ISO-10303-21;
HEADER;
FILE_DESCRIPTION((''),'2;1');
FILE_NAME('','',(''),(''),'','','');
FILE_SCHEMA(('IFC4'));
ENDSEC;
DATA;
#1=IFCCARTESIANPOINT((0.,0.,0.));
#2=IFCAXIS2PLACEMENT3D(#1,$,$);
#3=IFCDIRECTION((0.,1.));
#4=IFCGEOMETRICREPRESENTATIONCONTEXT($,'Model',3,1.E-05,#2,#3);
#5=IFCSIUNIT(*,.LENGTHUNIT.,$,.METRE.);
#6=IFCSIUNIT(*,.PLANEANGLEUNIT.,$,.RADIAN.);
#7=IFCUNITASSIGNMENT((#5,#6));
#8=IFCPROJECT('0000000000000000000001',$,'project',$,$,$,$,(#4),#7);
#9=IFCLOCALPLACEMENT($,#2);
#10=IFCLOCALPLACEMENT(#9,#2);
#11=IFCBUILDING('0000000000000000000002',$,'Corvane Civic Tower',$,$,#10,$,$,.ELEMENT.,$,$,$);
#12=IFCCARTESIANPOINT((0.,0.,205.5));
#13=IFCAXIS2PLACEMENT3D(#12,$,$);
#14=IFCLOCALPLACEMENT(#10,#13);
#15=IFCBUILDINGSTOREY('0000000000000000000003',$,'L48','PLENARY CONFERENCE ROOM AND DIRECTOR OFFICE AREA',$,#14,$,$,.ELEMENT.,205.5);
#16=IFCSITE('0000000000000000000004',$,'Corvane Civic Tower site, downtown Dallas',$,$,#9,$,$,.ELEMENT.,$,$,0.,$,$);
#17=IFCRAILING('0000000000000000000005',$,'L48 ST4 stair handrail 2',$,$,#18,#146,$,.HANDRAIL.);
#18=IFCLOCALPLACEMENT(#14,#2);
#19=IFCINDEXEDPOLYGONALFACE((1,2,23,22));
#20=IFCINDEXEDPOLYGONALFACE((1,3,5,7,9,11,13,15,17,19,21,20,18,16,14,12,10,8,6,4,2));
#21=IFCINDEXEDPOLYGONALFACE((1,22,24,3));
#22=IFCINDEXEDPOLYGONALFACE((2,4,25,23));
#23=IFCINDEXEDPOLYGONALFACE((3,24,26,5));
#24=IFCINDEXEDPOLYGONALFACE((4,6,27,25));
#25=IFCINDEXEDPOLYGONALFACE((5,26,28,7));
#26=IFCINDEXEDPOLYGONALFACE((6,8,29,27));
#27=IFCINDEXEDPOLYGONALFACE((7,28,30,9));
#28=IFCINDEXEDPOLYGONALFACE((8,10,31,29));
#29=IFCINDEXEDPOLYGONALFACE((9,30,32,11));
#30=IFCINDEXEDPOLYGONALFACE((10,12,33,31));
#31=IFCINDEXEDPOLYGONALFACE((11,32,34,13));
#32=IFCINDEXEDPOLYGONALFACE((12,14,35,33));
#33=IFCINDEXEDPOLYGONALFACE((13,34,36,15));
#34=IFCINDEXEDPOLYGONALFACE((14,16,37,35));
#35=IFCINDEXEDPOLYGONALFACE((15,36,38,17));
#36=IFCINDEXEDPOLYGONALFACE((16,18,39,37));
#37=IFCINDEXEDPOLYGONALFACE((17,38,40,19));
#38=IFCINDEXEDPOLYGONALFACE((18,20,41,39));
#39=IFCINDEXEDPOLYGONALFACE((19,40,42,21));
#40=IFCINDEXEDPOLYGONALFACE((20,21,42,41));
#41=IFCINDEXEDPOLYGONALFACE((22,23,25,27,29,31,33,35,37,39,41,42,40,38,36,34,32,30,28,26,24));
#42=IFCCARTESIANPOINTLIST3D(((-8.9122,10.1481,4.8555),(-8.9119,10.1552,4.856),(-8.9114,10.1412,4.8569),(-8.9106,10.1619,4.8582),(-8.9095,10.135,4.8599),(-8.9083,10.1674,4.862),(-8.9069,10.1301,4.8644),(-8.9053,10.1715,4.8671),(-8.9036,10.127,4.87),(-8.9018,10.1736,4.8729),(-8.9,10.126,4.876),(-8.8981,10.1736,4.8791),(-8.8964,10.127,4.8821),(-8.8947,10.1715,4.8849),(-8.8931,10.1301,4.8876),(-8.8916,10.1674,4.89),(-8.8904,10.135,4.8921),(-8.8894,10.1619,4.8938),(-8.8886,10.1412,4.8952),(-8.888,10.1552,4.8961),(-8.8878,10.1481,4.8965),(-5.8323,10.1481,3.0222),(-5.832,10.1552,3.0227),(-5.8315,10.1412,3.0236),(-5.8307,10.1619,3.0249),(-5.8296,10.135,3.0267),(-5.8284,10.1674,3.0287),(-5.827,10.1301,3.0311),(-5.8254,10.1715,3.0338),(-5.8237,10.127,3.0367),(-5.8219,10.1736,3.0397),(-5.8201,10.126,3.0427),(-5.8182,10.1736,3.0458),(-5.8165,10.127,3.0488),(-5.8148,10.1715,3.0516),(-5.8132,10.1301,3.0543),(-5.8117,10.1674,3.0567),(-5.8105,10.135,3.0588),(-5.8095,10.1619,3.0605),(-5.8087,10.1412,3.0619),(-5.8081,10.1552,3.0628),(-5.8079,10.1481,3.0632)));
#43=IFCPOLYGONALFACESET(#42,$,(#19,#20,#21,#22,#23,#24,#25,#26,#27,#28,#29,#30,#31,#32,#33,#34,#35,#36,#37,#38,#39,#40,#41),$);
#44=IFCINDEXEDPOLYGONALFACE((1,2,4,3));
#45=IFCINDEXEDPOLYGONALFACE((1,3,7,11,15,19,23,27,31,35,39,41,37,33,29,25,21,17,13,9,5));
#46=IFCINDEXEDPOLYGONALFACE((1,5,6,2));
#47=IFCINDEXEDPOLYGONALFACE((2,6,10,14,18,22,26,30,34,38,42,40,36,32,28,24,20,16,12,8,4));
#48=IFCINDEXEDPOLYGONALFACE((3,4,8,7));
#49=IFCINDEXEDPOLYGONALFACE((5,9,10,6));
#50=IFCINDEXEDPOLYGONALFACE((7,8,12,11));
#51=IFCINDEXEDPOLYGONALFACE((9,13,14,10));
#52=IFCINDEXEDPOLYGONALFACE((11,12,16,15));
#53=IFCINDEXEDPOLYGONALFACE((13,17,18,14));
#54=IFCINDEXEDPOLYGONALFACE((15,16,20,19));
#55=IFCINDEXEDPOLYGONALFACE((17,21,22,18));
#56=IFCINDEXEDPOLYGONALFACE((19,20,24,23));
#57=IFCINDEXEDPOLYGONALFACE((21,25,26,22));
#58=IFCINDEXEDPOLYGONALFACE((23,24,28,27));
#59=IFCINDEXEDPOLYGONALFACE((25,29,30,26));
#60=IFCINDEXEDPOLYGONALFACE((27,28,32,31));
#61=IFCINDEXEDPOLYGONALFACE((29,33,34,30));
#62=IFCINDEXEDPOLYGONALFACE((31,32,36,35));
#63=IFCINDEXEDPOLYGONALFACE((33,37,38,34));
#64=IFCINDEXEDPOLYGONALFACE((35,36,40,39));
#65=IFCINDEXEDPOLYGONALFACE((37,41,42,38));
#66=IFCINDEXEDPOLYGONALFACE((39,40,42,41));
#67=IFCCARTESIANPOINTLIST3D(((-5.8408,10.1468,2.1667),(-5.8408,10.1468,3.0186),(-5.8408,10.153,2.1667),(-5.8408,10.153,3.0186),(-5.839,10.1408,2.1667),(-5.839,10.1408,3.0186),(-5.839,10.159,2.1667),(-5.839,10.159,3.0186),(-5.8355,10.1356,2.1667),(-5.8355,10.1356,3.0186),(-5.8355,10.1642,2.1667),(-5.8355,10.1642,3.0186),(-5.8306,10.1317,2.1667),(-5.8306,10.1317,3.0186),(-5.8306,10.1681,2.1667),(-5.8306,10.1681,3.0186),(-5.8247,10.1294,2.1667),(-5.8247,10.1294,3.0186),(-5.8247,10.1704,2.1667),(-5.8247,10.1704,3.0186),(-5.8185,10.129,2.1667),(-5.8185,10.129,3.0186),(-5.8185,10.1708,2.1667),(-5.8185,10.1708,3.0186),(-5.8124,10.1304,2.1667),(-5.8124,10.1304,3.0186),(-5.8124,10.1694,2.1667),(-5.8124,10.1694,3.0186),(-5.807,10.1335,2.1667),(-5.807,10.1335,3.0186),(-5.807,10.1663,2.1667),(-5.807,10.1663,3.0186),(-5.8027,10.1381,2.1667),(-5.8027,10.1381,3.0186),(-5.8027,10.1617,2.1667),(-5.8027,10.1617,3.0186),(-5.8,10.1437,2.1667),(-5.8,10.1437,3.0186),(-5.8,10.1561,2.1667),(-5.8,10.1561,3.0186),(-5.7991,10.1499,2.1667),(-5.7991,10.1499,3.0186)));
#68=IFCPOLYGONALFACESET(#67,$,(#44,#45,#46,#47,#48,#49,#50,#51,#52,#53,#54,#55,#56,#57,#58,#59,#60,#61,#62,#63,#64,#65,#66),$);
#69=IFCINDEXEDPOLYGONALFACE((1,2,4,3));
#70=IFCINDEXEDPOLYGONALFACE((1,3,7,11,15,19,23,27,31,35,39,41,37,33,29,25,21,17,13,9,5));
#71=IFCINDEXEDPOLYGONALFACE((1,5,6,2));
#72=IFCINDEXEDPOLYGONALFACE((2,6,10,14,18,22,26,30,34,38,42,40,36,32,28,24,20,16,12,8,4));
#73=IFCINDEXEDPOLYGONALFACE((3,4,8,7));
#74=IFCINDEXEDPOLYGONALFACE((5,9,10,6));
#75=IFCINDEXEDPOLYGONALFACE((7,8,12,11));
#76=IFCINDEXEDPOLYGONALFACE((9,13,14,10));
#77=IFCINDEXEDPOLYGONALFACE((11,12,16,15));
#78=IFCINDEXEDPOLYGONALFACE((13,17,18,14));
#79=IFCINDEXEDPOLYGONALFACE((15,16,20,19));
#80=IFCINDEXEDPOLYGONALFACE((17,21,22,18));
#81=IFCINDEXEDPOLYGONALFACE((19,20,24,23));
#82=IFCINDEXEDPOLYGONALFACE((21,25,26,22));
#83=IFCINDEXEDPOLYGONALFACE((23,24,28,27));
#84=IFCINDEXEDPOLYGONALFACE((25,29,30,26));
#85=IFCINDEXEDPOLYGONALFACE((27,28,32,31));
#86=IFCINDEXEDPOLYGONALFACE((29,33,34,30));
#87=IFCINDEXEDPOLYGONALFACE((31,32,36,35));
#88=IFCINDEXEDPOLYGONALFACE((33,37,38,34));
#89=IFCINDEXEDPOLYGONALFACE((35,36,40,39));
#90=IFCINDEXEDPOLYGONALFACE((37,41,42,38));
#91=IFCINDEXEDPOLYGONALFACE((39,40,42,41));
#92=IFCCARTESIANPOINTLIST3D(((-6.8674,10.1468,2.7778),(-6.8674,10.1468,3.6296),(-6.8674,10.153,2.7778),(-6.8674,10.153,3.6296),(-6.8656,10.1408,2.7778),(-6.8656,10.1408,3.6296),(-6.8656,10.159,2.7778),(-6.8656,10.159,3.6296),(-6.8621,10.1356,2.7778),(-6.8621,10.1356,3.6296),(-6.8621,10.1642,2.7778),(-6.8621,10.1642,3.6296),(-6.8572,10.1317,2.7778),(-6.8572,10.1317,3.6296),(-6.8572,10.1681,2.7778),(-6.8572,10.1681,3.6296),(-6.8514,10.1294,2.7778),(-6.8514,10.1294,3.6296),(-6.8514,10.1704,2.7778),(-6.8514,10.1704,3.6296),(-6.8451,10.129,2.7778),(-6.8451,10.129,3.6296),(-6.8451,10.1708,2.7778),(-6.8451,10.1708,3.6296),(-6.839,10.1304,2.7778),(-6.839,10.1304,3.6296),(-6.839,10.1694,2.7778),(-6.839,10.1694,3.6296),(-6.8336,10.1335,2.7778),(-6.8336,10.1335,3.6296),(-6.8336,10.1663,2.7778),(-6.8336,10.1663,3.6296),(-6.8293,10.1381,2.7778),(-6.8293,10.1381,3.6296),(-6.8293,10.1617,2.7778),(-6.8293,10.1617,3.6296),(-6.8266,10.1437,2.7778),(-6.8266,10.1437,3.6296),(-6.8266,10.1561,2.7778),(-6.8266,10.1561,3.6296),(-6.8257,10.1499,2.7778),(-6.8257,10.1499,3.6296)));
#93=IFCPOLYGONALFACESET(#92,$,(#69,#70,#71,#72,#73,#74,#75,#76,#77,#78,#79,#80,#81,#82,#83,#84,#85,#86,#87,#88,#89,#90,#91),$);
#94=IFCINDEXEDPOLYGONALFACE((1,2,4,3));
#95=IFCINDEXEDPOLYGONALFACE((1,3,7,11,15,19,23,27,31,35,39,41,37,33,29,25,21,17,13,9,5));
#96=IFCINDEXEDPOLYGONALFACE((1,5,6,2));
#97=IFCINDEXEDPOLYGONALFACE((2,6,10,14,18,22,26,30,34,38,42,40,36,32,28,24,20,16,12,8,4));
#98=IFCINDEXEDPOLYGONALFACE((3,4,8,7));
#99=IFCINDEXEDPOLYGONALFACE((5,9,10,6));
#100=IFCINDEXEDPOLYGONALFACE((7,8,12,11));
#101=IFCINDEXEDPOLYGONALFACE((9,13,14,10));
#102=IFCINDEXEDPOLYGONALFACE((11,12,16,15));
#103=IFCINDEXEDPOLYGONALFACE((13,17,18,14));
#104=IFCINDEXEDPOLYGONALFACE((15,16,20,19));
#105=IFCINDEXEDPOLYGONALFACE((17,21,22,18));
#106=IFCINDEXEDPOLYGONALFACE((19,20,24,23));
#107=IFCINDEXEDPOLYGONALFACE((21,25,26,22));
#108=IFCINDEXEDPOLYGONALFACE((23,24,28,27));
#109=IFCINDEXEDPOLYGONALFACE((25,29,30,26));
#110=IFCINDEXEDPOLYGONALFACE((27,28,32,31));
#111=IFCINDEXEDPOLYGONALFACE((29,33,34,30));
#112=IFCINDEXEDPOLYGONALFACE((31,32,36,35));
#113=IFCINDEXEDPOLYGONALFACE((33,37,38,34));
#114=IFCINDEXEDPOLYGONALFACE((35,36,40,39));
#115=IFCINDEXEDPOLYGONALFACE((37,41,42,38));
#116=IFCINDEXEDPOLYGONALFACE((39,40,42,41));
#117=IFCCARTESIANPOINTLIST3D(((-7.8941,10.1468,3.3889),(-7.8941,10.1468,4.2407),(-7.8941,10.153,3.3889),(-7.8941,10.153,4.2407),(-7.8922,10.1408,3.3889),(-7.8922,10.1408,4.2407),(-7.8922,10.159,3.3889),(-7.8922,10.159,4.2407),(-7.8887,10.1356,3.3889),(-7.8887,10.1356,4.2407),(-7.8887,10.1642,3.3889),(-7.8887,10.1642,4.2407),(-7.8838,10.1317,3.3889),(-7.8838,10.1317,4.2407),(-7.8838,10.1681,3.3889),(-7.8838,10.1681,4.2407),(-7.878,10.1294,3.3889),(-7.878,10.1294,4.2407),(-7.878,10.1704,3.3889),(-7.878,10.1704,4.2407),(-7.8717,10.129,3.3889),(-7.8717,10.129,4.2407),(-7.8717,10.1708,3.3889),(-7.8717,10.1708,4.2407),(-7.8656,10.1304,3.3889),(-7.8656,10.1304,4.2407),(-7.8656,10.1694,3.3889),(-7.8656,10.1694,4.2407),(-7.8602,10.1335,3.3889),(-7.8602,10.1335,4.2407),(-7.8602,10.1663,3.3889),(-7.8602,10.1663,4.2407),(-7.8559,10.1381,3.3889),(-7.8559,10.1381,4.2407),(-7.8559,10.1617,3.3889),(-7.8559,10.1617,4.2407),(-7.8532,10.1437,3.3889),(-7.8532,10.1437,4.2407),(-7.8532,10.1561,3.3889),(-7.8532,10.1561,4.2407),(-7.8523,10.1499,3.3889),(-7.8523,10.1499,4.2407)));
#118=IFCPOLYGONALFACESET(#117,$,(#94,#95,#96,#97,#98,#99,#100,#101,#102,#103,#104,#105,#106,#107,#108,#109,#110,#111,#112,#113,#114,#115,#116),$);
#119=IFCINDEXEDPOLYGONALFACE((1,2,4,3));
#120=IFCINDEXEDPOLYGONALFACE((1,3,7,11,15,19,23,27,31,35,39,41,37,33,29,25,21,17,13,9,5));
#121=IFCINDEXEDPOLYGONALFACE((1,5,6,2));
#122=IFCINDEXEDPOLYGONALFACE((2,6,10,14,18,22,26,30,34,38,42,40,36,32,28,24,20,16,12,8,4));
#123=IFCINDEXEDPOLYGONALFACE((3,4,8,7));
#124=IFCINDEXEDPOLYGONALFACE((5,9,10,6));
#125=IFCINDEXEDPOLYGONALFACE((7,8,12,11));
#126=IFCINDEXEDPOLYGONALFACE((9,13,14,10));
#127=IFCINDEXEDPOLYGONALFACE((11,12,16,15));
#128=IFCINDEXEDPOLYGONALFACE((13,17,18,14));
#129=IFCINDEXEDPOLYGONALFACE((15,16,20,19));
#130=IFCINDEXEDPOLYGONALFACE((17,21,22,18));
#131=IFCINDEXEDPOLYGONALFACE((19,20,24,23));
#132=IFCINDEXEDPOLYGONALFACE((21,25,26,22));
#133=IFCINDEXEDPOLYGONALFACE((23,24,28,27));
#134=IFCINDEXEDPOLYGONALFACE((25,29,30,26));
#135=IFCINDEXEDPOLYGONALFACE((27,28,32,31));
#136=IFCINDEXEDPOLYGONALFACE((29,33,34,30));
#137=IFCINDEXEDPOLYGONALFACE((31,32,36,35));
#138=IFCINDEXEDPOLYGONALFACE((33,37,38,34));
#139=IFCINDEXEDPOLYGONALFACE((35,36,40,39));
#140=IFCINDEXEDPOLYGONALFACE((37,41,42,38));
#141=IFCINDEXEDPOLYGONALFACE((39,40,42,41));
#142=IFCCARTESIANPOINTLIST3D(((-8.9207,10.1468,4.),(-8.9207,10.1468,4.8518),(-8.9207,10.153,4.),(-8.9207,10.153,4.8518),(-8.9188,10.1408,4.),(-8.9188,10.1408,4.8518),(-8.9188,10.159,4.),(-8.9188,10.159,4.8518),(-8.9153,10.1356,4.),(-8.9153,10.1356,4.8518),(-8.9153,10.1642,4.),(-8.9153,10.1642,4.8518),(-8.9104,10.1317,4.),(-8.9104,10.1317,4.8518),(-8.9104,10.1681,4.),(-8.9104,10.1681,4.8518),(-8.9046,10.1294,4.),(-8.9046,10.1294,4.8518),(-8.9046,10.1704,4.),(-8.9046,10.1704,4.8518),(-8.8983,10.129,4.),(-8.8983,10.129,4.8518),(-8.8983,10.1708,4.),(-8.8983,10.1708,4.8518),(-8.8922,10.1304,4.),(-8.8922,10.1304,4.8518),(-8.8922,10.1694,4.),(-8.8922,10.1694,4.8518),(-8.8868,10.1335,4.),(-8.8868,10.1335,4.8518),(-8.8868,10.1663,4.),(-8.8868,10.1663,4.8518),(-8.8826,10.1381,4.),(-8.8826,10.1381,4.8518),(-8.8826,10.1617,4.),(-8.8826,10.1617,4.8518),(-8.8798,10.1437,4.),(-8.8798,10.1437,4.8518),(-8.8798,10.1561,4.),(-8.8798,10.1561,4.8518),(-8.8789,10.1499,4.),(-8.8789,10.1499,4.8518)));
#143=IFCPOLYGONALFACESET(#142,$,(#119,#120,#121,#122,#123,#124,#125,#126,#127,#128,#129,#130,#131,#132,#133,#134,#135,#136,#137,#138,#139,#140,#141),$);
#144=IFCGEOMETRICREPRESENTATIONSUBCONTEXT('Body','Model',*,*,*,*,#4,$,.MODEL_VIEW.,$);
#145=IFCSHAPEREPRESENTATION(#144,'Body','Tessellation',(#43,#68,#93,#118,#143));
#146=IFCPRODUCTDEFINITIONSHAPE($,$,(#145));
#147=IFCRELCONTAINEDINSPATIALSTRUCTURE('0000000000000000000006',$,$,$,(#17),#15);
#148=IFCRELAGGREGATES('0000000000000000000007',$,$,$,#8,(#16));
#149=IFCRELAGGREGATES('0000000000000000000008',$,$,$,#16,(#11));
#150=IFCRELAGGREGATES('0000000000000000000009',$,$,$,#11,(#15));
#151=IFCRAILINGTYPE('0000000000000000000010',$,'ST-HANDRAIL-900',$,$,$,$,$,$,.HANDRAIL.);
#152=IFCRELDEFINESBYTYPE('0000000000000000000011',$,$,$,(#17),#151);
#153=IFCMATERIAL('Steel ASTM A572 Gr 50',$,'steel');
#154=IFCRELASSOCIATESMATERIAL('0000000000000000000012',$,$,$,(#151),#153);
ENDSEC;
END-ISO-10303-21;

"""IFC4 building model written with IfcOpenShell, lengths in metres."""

from ifc_helpers import new_model, si_unit, direction, frame, origin, origin_2d, place, context, subcontext, project, spatial, circle, extrude, material, type_object, element, save


model = new_model("IFC4")

# Units and contexts
model_context = context("Model", 3, precision=1e-05, world=origin(), true_north=direction((0.0, 1.0)))
body_context = subcontext(model_context, "Body", "Model", "MODEL_VIEW")
ifc_project = project(units=[si_unit("LENGTHUNIT", "METRE"), si_unit("PLANEANGLEUNIT", "RADIAN")], contexts=[model_context])

# Site, building, storey
site_placement = place(None, origin())
site = spatial("IfcSite", under=ifc_project, at=site_placement, Name="Corvane Civic Tower site, downtown Dallas", CompositionType="ELEMENT", RefElevation=0.0)
building_placement = place(site_placement, origin())
building = spatial("IfcBuilding", under=site, at=building_placement, Name="Corvane Civic Tower", CompositionType="ELEMENT")
storey_placement = place(building_placement, frame((0.0, 0.0, 205.5)))
storey = spatial("IfcBuildingStorey", under=building, at=storey_placement, Name="L48", Description="PLENARY CONFERENCE ROOM AND DIRECTOR OFFICE AREA", CompositionType="ELEMENT", Elevation=205.5)

# Railing
ifc_material_1 = material(Name="Steel ASTM A572 Gr 50", Category="steel")
railing_type_1 = type_object("IfcRailingType", Name="ST-HANDRAIL-900", PredefinedType="HANDRAIL", material=ifc_material_1)
railing_1_placement = place(storey_placement, frame((-5.8201, 10.1499, 2.1667)))
element("IfcRailing", 1, at=railing_1_placement, inside=storey, type_object=railing_type_1, Name="L48 ST4 stair handrail 2", PredefinedType="HANDRAIL", context=body_context, shape_type="SweptSolid", body=[
    extrude(circle(Radius=0.0239, at=origin_2d()), frame((0.0, 0.0, 0.876), z_axis=(-0.859291, 0.0, 0.511487), x_axis=(0.0, -1.0, 0.0)), (0.0, 0.0, 1.0), 3.5842),
    extrude(circle(Radius=0.021, at=origin_2d()), origin(), (0.0, 0.0, 1.0), 0.8518),
    extrude(circle(Radius=0.021, at=origin_2d()), frame((-1.0266, 0.0, 0.6111)), (0.0, 0.0, 1.0), 0.8518),
    extrude(circle(Radius=0.021, at=origin_2d()), frame((-2.0532, 0.0, 1.2222)), (0.0, 0.0, 1.0), 0.8518),
    extrude(circle(Radius=0.021, at=origin_2d()), frame((-3.0798, 0.0, 1.8333)), (0.0, 0.0, 1.0), 0.8518),
])

save(model, "model.ifc")
